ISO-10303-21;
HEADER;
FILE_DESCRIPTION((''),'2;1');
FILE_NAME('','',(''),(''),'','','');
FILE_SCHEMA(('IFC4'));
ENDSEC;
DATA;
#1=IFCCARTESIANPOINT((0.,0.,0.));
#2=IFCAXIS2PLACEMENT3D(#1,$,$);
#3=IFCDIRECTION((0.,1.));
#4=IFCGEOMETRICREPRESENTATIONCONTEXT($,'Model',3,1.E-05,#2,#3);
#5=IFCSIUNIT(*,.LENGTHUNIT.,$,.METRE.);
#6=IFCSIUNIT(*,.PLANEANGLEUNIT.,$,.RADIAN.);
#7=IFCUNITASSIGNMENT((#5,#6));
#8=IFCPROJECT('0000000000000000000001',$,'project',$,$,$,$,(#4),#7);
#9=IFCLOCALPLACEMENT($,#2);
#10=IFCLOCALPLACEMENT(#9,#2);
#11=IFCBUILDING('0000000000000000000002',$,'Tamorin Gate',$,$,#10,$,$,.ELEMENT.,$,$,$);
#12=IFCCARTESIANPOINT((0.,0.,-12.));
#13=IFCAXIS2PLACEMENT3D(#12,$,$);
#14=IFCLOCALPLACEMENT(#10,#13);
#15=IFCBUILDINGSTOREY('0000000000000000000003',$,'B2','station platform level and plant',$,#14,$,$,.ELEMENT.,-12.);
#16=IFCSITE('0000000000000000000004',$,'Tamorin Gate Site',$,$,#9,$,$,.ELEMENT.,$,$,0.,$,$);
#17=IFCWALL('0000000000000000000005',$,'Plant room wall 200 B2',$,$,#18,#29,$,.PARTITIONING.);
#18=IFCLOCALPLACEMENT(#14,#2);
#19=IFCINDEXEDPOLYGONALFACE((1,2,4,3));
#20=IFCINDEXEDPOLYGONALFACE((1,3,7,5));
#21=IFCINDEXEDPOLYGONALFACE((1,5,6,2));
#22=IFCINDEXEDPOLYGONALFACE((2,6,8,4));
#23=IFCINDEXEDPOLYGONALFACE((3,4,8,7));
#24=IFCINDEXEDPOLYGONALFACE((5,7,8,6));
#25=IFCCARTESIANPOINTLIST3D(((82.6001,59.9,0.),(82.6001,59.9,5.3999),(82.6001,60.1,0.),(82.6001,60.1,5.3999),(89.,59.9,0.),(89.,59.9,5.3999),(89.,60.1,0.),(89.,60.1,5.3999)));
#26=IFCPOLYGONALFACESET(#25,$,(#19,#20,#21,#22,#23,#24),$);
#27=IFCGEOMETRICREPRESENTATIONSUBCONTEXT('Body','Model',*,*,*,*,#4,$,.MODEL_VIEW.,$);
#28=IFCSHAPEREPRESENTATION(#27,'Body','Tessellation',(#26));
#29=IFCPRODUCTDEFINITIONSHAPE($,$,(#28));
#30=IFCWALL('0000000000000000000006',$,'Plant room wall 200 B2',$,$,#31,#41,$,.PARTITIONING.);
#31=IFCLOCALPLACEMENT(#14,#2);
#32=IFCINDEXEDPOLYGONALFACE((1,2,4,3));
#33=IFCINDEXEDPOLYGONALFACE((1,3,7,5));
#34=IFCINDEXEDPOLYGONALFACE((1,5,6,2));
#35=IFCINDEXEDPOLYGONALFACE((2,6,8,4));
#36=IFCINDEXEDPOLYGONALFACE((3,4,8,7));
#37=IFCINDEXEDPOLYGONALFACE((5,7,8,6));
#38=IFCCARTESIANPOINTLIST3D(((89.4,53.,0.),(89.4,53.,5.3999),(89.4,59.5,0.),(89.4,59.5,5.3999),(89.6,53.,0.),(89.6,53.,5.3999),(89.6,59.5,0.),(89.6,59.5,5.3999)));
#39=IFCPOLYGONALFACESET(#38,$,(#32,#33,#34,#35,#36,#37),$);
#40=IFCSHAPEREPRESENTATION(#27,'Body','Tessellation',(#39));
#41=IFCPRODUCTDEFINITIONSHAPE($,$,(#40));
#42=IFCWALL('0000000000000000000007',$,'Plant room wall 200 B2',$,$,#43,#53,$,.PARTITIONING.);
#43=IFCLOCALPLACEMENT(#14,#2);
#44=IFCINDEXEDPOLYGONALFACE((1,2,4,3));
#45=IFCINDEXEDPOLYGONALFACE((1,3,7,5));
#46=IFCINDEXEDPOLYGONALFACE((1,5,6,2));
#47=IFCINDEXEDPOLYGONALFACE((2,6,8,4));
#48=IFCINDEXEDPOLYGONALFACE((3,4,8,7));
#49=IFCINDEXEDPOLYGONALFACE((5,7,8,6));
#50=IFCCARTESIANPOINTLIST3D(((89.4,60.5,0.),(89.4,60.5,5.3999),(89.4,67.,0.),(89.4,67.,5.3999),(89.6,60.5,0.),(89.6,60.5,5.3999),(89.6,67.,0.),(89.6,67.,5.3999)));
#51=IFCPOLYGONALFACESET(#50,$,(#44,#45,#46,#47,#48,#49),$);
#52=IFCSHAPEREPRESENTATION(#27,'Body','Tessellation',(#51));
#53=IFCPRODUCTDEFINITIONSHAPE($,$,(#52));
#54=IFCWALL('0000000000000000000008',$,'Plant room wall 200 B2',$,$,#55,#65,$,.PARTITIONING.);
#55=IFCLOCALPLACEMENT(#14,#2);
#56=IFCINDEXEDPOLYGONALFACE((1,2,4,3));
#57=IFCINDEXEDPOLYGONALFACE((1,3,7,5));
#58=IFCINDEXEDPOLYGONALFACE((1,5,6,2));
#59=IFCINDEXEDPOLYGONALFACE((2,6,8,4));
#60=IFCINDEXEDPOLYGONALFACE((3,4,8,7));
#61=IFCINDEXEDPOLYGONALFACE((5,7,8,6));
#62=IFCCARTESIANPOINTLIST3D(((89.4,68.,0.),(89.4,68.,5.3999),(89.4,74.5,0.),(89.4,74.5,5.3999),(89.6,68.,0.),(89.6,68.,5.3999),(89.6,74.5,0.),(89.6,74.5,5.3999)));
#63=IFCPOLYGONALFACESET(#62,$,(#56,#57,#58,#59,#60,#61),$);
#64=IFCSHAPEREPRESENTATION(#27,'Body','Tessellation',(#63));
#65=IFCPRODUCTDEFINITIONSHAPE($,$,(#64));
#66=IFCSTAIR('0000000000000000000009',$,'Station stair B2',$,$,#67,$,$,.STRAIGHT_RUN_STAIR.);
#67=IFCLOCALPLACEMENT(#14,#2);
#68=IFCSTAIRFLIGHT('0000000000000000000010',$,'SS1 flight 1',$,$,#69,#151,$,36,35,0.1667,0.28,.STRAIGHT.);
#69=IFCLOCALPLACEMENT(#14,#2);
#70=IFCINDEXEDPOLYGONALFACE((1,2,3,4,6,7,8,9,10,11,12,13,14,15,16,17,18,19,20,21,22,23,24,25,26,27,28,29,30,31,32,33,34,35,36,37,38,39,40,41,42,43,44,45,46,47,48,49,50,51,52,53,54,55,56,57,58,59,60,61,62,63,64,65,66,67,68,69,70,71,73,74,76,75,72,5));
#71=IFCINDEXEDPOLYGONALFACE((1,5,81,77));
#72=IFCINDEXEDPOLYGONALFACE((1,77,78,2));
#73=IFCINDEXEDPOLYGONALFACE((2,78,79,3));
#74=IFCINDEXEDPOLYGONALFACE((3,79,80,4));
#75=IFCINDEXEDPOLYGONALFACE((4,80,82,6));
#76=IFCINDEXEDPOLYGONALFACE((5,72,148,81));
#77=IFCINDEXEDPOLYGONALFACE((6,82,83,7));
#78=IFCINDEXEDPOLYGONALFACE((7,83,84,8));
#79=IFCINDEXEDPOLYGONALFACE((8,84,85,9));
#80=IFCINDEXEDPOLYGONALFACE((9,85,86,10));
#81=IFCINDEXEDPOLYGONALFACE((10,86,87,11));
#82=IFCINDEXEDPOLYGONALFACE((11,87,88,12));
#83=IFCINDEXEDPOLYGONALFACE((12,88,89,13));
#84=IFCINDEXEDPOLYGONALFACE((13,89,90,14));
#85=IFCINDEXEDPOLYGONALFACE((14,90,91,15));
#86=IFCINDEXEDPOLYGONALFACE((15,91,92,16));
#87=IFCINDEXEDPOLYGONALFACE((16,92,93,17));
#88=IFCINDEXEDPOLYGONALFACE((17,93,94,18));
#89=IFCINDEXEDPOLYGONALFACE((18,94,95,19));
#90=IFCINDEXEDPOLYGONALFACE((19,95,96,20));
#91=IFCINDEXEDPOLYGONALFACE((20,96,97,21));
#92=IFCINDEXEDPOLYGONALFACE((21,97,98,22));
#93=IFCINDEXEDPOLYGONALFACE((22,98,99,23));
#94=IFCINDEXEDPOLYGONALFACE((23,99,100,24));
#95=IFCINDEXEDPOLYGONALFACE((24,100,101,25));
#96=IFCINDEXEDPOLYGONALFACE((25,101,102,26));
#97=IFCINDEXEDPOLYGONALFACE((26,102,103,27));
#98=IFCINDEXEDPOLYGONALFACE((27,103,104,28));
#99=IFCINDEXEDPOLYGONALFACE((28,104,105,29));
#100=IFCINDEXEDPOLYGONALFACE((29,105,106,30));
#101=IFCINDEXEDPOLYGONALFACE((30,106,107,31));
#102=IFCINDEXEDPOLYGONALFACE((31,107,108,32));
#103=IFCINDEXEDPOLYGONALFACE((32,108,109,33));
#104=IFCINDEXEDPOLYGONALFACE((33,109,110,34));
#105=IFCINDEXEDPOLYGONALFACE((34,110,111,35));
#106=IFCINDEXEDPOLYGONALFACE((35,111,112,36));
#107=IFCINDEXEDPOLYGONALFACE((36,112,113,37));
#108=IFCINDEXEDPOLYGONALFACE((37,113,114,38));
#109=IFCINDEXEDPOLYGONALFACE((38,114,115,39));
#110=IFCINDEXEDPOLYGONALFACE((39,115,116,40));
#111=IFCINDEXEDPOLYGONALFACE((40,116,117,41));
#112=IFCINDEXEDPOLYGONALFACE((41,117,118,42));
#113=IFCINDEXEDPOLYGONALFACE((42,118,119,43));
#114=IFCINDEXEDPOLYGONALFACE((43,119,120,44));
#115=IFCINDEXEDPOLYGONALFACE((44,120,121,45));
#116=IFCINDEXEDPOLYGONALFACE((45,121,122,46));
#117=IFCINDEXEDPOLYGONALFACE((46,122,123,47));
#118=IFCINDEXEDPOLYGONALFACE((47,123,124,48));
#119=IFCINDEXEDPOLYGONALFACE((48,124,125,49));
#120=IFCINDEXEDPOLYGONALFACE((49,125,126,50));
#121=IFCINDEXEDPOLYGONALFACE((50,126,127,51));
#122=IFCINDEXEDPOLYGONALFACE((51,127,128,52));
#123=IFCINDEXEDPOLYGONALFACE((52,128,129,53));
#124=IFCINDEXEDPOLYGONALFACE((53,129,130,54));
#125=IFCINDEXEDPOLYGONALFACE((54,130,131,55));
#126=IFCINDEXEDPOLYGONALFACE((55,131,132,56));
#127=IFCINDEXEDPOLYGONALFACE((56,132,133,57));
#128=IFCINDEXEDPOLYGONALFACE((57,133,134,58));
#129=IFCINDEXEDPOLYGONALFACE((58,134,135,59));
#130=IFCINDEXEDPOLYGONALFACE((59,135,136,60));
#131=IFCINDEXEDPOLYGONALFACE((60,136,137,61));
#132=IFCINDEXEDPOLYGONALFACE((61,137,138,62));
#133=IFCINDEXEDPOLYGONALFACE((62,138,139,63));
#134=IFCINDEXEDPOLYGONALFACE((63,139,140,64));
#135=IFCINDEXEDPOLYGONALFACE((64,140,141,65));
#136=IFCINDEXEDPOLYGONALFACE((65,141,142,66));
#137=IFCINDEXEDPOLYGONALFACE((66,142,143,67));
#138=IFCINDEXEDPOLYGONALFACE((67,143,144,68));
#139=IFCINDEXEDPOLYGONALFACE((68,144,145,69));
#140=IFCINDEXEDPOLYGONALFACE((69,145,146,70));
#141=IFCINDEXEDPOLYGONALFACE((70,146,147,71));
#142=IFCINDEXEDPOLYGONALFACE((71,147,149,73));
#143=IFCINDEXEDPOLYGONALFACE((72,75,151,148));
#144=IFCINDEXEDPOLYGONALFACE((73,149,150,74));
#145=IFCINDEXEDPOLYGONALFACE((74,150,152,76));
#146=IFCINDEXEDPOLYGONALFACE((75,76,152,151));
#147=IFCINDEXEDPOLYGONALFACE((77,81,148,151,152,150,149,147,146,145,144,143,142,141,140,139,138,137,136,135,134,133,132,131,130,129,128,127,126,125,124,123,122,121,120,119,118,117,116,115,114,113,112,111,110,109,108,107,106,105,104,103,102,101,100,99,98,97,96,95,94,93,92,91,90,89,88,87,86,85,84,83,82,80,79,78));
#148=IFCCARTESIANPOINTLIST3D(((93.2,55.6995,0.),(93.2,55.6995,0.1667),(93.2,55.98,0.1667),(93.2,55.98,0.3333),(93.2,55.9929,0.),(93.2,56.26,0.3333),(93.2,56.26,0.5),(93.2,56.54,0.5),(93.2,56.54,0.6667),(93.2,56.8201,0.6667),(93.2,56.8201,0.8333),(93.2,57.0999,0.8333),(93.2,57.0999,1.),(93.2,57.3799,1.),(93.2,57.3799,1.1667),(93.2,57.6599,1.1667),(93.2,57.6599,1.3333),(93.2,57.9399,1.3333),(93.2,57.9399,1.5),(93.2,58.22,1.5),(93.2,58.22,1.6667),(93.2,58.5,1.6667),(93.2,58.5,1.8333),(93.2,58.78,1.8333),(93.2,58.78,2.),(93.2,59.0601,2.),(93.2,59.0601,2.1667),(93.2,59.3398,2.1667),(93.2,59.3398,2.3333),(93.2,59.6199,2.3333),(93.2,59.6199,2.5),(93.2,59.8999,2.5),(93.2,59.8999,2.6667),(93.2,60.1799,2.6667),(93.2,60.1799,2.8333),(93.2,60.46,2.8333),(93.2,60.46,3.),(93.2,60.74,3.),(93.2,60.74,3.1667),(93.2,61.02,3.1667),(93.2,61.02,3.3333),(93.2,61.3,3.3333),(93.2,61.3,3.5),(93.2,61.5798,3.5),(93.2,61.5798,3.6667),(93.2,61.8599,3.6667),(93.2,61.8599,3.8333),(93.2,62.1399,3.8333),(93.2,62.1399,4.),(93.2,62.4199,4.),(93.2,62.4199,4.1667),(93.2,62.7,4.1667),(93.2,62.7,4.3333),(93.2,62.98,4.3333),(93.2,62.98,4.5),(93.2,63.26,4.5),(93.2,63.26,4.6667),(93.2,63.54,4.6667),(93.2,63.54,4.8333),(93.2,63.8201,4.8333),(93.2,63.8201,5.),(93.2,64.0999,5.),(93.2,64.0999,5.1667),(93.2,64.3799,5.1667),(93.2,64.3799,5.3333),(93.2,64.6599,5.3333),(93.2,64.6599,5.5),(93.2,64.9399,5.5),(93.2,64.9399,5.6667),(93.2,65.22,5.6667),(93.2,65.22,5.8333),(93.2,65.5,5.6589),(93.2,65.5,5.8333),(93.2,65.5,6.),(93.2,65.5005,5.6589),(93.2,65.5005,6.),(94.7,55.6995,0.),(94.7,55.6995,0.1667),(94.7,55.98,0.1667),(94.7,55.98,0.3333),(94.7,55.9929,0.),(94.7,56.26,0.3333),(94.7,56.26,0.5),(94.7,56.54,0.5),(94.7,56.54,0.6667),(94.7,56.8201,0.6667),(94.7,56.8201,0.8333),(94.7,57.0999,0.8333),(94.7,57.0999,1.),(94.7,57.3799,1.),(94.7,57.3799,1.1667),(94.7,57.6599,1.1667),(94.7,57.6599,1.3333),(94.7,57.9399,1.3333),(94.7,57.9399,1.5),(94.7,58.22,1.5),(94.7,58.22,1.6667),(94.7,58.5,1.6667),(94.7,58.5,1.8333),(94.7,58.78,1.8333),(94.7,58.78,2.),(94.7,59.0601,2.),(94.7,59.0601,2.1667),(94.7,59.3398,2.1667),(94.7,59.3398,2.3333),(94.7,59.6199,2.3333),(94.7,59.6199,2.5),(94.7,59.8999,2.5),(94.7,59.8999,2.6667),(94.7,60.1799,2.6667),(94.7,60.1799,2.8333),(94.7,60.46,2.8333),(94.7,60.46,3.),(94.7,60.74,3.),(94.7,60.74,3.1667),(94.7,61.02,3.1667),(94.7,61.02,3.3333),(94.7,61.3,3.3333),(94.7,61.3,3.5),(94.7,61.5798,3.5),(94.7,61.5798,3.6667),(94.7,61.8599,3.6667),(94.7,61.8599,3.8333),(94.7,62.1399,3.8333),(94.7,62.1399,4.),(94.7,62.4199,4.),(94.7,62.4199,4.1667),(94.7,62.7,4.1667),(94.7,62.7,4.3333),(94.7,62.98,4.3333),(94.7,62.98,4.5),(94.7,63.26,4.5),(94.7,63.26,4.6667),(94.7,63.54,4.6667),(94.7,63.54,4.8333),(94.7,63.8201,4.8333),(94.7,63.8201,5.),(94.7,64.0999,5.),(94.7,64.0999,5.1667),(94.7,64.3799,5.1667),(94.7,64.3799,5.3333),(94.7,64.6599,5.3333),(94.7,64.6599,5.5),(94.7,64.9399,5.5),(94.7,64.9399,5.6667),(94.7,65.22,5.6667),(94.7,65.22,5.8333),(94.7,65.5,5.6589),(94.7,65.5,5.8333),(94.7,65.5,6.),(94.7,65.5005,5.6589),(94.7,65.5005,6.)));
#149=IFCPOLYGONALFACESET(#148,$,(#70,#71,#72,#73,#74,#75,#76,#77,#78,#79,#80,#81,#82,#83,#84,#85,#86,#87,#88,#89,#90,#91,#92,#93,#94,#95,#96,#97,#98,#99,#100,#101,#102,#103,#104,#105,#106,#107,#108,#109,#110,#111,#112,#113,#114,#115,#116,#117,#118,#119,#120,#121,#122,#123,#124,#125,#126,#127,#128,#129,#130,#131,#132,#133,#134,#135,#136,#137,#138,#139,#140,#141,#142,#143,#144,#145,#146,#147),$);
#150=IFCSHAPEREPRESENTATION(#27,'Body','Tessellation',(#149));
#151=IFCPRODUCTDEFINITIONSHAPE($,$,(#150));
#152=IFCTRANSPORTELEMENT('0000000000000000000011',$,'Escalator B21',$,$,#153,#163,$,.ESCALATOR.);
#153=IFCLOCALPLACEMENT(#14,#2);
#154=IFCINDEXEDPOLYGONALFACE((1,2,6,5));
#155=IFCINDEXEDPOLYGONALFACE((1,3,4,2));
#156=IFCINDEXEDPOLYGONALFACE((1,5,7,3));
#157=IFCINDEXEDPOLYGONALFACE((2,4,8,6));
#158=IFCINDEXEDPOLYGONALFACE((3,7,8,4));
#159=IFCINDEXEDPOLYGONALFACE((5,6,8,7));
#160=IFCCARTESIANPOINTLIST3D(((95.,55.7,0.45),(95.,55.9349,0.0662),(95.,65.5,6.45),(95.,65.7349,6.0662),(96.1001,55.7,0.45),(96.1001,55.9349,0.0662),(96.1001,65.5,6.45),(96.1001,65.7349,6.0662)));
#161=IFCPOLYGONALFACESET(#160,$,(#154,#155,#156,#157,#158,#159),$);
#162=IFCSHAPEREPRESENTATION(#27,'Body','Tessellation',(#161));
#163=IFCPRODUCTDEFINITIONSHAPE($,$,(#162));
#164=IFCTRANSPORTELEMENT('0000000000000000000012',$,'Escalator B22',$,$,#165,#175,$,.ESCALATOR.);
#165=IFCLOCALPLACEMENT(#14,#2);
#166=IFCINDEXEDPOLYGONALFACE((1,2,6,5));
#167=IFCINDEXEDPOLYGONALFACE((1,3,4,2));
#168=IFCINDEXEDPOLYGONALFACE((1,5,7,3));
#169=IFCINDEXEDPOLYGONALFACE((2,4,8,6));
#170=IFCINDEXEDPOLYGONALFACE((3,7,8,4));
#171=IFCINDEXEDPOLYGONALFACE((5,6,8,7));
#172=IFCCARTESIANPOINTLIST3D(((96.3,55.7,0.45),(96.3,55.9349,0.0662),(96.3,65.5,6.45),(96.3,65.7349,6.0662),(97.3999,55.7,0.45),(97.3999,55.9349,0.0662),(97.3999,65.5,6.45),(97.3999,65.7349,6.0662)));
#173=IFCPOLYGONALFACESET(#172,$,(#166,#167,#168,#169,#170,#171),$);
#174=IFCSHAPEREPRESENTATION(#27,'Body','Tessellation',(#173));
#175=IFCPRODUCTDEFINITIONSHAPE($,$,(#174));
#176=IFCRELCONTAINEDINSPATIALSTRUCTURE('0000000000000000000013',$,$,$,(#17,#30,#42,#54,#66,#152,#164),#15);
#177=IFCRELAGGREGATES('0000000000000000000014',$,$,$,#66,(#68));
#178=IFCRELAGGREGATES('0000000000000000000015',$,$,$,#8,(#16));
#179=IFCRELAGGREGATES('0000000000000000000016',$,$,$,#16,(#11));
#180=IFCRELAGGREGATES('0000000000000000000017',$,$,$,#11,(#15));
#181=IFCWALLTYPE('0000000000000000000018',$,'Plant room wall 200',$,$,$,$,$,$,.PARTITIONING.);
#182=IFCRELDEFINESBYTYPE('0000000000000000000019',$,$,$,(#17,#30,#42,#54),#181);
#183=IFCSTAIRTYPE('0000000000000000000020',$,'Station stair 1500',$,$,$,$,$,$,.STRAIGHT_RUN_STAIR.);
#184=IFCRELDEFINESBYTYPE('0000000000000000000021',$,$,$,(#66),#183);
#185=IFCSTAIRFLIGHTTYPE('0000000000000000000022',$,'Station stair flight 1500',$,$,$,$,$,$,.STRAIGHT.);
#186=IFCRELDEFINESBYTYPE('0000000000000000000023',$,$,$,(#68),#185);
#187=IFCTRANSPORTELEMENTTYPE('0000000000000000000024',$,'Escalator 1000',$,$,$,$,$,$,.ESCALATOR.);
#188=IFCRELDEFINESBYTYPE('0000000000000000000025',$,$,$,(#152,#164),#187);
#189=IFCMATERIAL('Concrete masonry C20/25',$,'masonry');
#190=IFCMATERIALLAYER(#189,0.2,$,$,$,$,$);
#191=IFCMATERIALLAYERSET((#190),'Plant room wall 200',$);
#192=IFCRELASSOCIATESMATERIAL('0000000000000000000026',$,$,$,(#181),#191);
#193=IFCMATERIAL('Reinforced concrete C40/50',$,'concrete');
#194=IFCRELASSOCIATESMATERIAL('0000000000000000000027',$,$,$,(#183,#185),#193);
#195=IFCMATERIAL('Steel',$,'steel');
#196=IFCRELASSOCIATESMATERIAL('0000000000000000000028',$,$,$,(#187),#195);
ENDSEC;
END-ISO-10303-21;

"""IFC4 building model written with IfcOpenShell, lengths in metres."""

from ifc_helpers import new_model, si_unit, direction, frame, frame_2d, origin, place, context, subcontext, project, spatial, polyline, rectangle, outline, extrude, material, layer, layer_set, type_object, element, aggregate, save


model = new_model("IFC4")

# Units and contexts
model_context = context("Model", 3, precision=1e-05, world=origin(), true_north=direction((0.0, 1.0)))
body_context = subcontext(model_context, "Body", "Model", "MODEL_VIEW")
ifc_project = project(units=[si_unit("LENGTHUNIT", "METRE"), si_unit("PLANEANGLEUNIT", "RADIAN")], contexts=[model_context])

# Site, building, storey
site_placement = place(None, origin())
site = spatial("IfcSite", under=ifc_project, at=site_placement, Name="Tamorin Gate Site", CompositionType="ELEMENT", RefElevation=0.0)
building_placement = place(site_placement, origin())
building = spatial("IfcBuilding", under=site, at=building_placement, Name="Tamorin Gate", CompositionType="ELEMENT")
storey_placement = place(building_placement, frame((0.0, 0.0, -12.0)))
storey = spatial("IfcBuildingStorey", under=building, at=storey_placement, Name="B2", Description="station platform level and plant", CompositionType="ELEMENT", Elevation=-12.0)

# Shared definitions
ifc_material_1 = material(Name="Concrete masonry C20/25", Category="masonry")
ifc_layer = layer(ifc_material_1, 0.2)
ifc_layer_set = layer_set([ifc_layer], Name="Plant room wall 200")
wall_type = type_object("IfcWallType", Name="Plant room wall 200", PredefinedType="PARTITIONING", material=ifc_layer_set)

# Walls
for number, where, z_axis, x_axis, name in (
    (1, (82.6001, 60.0, 0.0), (0.0, 0.0, 1.0), (1.0, 0.0, 0.0), "Plant room wall 200 B2"),
):
    element("IfcWall", number, at=place(storey_placement, frame(where, z_axis=z_axis, x_axis=x_axis)), inside=storey, type_object=wall_type, Name=name, PredefinedType="PARTITIONING", context=body_context, shape_type="SweptSolid", body=[
        extrude(rectangle(XDim=6.3999, YDim=0.2, at=frame_2d((3.2, 0.0))), origin(), (0.0, 0.0, 1.0), 5.3999),
    ])
for number, where, z_axis, x_axis, name in (
    (2, (89.5, 53.0, 0.0), (0.0, 0.0, 1.0), (0.0, 1.0, 0.0), "Plant room wall 200 B2"),
    (3, (89.5, 60.5, 0.0), (0.0, 0.0, 1.0), (0.0, 1.0, 0.0), "Plant room wall 200 B2"),
    (4, (89.5, 68.0, 0.0), (0.0, 0.0, 1.0), (0.0, 1.0, 0.0), "Plant room wall 200 B2"),
):
    element("IfcWall", number, at=place(storey_placement, frame(where, z_axis=z_axis, x_axis=x_axis)), inside=storey, type_object=wall_type, Name=name, PredefinedType="PARTITIONING", context=body_context, shape_type="SweptSolid", body=[
        extrude(rectangle(XDim=6.5, YDim=0.2, at=frame_2d((3.25, 0.0))), origin(), (0.0, 0.0, 1.0), 5.3999),
    ])

# Stair, stair flight
ifc_material_2 = material(Name="Reinforced concrete C40/50", Category="concrete")
stair_type = type_object("IfcStairType", Name="Station stair 1500", PredefinedType="STRAIGHT_RUN_STAIR", material=ifc_material_2)
stair_placement = place(storey_placement, origin())
stair = element("IfcStair", 5, at=stair_placement, inside=storey, type_object=stair_type, Name="Station stair B2", PredefinedType="STRAIGHT_RUN_STAIR")
stair_flight_type = type_object("IfcStairFlightType", Name="Station stair flight 1500", PredefinedType="STRAIGHT", material=ifc_material_2)
stair_flight_placement = place(storey_placement, frame((93.95, 55.7, 0.0), z_axis=(0.0, 0.0, 1.0), x_axis=(0.0, 1.0, 0.0)))
stair_flight = element("IfcStairFlight", 6, at=stair_flight_placement, type_object=stair_flight_type, Name="SS1 flight 1", NumberOfRisers=36, NumberOfTreads=35, PredefinedType="STRAIGHT", RiserHeight=0.1667, TreadLength=0.28, context=body_context, shape_type="SweptSolid", body=[
    extrude(outline(polyline([(-0.0005, 0.0), (-0.0005, 0.1667), (0.28, 0.1667), (0.28, 0.3333), (0.5601, 0.3333), (0.5601, 0.5), (0.8401, 0.5), (0.8401, 0.6667), (1.1201, 0.6667), (1.1201, 0.8333), (1.3999, 0.8333), (1.3999, 1.0), (1.6799, 1.0), (1.6799, 1.1667), (1.96, 1.1667), (1.96, 1.3333), (2.24, 1.3333), (2.24, 1.5), (2.52, 1.5), (2.52, 1.6667), (2.8, 1.6667), (2.8, 1.8333), (3.0801, 1.8333), (3.0801, 2.0), (3.3601, 2.0), (3.3601, 2.1667), (3.6399, 2.1667), (3.6399, 2.3333), (3.9199, 2.3333), (3.9199, 2.5), (4.2, 2.5), (4.2, 2.6667), (4.48, 2.6667), (4.48, 2.8333), (4.76, 2.8333), (4.76, 3.0), (5.04, 3.0), (5.04, 3.1667), (5.3201, 3.1667), (5.3201, 3.3333), (5.6001, 3.3333), (5.6001, 3.5), (5.8799, 3.5), (5.8799, 3.6667), (6.1599, 3.6667), (6.1599, 3.8333), (6.4399, 3.8333), (6.4399, 4.0), (6.72, 4.0), (6.72, 4.1667), (7.0, 4.1667), (7.0, 4.3333), (7.28, 4.3333), (7.28, 4.5), (7.5601, 4.5), (7.5601, 4.6667), (7.8401, 4.6667), (7.8401, 4.8333), (8.1201, 4.8333), (8.1201, 5.0), (8.3999, 5.0), (8.3999, 5.1667), (8.6799, 5.1667), (8.6799, 5.3333), (8.96, 5.3333), (8.96, 5.5), (9.24, 5.5), (9.24, 5.6667), (9.52, 5.6667), (9.52, 5.8333), (9.8, 5.8333), (9.8, 6.0), (9.8005, 6.0), (9.8005, 5.6589), (9.8, 5.6589), (0.293, 0.0), (-0.0005, 0.0)])), frame((0.0, 0.75, 0.0), z_axis=(0.0, -1.0, 0.0), x_axis=(1.0, 0.0, 0.0)), (0.0, 0.0, 1.0), 1.5),
])
aggregate(stair, [stair_flight])

# Transport elements
ifc_material_3 = material(Name="Steel", Category="steel")
transport_element_type = type_object("IfcTransportElementType", Name="Escalator 1000", PredefinedType="ESCALATOR", material=ifc_material_3)
transport_element_1_placement = place(storey_placement, frame((95.0, 55.7, 0.45), z_axis=(0.0, -0.522152, 0.852852), x_axis=(1.0, 0.0, 0.0)))
element("IfcTransportElement", 7, at=transport_element_1_placement, inside=storey, type_object=transport_element_type, Name="Escalator B21", PredefinedType="ESCALATOR", context=body_context, shape_type="SweptSolid", body=[
    extrude(outline(polyline([(0.0, 0.0), (1.1001, 0.0), (1.1001, 11.4909), (0.0, 11.4909), (0.0, 0.0)])), origin(), (0.0, 0.0, -1.0), 0.45),
])
transport_element_2_placement = place(storey_placement, frame((96.3, 55.7, 0.45), z_axis=(0.0, -0.522152, 0.852852), x_axis=(1.0, 0.0, 0.0)))
element("IfcTransportElement", 8, at=transport_element_2_placement, inside=storey, type_object=transport_element_type, Name="Escalator B22", PredefinedType="ESCALATOR", context=body_context, shape_type="SweptSolid", body=[
    extrude(outline(polyline([(0.0, 0.0), (1.0999, 0.0), (1.0999, 11.4909), (0.0, 11.4909), (0.0, 0.0)])), origin(), (0.0, 0.0, -1.0), 0.45),
])

save(model, "model.ifc")
